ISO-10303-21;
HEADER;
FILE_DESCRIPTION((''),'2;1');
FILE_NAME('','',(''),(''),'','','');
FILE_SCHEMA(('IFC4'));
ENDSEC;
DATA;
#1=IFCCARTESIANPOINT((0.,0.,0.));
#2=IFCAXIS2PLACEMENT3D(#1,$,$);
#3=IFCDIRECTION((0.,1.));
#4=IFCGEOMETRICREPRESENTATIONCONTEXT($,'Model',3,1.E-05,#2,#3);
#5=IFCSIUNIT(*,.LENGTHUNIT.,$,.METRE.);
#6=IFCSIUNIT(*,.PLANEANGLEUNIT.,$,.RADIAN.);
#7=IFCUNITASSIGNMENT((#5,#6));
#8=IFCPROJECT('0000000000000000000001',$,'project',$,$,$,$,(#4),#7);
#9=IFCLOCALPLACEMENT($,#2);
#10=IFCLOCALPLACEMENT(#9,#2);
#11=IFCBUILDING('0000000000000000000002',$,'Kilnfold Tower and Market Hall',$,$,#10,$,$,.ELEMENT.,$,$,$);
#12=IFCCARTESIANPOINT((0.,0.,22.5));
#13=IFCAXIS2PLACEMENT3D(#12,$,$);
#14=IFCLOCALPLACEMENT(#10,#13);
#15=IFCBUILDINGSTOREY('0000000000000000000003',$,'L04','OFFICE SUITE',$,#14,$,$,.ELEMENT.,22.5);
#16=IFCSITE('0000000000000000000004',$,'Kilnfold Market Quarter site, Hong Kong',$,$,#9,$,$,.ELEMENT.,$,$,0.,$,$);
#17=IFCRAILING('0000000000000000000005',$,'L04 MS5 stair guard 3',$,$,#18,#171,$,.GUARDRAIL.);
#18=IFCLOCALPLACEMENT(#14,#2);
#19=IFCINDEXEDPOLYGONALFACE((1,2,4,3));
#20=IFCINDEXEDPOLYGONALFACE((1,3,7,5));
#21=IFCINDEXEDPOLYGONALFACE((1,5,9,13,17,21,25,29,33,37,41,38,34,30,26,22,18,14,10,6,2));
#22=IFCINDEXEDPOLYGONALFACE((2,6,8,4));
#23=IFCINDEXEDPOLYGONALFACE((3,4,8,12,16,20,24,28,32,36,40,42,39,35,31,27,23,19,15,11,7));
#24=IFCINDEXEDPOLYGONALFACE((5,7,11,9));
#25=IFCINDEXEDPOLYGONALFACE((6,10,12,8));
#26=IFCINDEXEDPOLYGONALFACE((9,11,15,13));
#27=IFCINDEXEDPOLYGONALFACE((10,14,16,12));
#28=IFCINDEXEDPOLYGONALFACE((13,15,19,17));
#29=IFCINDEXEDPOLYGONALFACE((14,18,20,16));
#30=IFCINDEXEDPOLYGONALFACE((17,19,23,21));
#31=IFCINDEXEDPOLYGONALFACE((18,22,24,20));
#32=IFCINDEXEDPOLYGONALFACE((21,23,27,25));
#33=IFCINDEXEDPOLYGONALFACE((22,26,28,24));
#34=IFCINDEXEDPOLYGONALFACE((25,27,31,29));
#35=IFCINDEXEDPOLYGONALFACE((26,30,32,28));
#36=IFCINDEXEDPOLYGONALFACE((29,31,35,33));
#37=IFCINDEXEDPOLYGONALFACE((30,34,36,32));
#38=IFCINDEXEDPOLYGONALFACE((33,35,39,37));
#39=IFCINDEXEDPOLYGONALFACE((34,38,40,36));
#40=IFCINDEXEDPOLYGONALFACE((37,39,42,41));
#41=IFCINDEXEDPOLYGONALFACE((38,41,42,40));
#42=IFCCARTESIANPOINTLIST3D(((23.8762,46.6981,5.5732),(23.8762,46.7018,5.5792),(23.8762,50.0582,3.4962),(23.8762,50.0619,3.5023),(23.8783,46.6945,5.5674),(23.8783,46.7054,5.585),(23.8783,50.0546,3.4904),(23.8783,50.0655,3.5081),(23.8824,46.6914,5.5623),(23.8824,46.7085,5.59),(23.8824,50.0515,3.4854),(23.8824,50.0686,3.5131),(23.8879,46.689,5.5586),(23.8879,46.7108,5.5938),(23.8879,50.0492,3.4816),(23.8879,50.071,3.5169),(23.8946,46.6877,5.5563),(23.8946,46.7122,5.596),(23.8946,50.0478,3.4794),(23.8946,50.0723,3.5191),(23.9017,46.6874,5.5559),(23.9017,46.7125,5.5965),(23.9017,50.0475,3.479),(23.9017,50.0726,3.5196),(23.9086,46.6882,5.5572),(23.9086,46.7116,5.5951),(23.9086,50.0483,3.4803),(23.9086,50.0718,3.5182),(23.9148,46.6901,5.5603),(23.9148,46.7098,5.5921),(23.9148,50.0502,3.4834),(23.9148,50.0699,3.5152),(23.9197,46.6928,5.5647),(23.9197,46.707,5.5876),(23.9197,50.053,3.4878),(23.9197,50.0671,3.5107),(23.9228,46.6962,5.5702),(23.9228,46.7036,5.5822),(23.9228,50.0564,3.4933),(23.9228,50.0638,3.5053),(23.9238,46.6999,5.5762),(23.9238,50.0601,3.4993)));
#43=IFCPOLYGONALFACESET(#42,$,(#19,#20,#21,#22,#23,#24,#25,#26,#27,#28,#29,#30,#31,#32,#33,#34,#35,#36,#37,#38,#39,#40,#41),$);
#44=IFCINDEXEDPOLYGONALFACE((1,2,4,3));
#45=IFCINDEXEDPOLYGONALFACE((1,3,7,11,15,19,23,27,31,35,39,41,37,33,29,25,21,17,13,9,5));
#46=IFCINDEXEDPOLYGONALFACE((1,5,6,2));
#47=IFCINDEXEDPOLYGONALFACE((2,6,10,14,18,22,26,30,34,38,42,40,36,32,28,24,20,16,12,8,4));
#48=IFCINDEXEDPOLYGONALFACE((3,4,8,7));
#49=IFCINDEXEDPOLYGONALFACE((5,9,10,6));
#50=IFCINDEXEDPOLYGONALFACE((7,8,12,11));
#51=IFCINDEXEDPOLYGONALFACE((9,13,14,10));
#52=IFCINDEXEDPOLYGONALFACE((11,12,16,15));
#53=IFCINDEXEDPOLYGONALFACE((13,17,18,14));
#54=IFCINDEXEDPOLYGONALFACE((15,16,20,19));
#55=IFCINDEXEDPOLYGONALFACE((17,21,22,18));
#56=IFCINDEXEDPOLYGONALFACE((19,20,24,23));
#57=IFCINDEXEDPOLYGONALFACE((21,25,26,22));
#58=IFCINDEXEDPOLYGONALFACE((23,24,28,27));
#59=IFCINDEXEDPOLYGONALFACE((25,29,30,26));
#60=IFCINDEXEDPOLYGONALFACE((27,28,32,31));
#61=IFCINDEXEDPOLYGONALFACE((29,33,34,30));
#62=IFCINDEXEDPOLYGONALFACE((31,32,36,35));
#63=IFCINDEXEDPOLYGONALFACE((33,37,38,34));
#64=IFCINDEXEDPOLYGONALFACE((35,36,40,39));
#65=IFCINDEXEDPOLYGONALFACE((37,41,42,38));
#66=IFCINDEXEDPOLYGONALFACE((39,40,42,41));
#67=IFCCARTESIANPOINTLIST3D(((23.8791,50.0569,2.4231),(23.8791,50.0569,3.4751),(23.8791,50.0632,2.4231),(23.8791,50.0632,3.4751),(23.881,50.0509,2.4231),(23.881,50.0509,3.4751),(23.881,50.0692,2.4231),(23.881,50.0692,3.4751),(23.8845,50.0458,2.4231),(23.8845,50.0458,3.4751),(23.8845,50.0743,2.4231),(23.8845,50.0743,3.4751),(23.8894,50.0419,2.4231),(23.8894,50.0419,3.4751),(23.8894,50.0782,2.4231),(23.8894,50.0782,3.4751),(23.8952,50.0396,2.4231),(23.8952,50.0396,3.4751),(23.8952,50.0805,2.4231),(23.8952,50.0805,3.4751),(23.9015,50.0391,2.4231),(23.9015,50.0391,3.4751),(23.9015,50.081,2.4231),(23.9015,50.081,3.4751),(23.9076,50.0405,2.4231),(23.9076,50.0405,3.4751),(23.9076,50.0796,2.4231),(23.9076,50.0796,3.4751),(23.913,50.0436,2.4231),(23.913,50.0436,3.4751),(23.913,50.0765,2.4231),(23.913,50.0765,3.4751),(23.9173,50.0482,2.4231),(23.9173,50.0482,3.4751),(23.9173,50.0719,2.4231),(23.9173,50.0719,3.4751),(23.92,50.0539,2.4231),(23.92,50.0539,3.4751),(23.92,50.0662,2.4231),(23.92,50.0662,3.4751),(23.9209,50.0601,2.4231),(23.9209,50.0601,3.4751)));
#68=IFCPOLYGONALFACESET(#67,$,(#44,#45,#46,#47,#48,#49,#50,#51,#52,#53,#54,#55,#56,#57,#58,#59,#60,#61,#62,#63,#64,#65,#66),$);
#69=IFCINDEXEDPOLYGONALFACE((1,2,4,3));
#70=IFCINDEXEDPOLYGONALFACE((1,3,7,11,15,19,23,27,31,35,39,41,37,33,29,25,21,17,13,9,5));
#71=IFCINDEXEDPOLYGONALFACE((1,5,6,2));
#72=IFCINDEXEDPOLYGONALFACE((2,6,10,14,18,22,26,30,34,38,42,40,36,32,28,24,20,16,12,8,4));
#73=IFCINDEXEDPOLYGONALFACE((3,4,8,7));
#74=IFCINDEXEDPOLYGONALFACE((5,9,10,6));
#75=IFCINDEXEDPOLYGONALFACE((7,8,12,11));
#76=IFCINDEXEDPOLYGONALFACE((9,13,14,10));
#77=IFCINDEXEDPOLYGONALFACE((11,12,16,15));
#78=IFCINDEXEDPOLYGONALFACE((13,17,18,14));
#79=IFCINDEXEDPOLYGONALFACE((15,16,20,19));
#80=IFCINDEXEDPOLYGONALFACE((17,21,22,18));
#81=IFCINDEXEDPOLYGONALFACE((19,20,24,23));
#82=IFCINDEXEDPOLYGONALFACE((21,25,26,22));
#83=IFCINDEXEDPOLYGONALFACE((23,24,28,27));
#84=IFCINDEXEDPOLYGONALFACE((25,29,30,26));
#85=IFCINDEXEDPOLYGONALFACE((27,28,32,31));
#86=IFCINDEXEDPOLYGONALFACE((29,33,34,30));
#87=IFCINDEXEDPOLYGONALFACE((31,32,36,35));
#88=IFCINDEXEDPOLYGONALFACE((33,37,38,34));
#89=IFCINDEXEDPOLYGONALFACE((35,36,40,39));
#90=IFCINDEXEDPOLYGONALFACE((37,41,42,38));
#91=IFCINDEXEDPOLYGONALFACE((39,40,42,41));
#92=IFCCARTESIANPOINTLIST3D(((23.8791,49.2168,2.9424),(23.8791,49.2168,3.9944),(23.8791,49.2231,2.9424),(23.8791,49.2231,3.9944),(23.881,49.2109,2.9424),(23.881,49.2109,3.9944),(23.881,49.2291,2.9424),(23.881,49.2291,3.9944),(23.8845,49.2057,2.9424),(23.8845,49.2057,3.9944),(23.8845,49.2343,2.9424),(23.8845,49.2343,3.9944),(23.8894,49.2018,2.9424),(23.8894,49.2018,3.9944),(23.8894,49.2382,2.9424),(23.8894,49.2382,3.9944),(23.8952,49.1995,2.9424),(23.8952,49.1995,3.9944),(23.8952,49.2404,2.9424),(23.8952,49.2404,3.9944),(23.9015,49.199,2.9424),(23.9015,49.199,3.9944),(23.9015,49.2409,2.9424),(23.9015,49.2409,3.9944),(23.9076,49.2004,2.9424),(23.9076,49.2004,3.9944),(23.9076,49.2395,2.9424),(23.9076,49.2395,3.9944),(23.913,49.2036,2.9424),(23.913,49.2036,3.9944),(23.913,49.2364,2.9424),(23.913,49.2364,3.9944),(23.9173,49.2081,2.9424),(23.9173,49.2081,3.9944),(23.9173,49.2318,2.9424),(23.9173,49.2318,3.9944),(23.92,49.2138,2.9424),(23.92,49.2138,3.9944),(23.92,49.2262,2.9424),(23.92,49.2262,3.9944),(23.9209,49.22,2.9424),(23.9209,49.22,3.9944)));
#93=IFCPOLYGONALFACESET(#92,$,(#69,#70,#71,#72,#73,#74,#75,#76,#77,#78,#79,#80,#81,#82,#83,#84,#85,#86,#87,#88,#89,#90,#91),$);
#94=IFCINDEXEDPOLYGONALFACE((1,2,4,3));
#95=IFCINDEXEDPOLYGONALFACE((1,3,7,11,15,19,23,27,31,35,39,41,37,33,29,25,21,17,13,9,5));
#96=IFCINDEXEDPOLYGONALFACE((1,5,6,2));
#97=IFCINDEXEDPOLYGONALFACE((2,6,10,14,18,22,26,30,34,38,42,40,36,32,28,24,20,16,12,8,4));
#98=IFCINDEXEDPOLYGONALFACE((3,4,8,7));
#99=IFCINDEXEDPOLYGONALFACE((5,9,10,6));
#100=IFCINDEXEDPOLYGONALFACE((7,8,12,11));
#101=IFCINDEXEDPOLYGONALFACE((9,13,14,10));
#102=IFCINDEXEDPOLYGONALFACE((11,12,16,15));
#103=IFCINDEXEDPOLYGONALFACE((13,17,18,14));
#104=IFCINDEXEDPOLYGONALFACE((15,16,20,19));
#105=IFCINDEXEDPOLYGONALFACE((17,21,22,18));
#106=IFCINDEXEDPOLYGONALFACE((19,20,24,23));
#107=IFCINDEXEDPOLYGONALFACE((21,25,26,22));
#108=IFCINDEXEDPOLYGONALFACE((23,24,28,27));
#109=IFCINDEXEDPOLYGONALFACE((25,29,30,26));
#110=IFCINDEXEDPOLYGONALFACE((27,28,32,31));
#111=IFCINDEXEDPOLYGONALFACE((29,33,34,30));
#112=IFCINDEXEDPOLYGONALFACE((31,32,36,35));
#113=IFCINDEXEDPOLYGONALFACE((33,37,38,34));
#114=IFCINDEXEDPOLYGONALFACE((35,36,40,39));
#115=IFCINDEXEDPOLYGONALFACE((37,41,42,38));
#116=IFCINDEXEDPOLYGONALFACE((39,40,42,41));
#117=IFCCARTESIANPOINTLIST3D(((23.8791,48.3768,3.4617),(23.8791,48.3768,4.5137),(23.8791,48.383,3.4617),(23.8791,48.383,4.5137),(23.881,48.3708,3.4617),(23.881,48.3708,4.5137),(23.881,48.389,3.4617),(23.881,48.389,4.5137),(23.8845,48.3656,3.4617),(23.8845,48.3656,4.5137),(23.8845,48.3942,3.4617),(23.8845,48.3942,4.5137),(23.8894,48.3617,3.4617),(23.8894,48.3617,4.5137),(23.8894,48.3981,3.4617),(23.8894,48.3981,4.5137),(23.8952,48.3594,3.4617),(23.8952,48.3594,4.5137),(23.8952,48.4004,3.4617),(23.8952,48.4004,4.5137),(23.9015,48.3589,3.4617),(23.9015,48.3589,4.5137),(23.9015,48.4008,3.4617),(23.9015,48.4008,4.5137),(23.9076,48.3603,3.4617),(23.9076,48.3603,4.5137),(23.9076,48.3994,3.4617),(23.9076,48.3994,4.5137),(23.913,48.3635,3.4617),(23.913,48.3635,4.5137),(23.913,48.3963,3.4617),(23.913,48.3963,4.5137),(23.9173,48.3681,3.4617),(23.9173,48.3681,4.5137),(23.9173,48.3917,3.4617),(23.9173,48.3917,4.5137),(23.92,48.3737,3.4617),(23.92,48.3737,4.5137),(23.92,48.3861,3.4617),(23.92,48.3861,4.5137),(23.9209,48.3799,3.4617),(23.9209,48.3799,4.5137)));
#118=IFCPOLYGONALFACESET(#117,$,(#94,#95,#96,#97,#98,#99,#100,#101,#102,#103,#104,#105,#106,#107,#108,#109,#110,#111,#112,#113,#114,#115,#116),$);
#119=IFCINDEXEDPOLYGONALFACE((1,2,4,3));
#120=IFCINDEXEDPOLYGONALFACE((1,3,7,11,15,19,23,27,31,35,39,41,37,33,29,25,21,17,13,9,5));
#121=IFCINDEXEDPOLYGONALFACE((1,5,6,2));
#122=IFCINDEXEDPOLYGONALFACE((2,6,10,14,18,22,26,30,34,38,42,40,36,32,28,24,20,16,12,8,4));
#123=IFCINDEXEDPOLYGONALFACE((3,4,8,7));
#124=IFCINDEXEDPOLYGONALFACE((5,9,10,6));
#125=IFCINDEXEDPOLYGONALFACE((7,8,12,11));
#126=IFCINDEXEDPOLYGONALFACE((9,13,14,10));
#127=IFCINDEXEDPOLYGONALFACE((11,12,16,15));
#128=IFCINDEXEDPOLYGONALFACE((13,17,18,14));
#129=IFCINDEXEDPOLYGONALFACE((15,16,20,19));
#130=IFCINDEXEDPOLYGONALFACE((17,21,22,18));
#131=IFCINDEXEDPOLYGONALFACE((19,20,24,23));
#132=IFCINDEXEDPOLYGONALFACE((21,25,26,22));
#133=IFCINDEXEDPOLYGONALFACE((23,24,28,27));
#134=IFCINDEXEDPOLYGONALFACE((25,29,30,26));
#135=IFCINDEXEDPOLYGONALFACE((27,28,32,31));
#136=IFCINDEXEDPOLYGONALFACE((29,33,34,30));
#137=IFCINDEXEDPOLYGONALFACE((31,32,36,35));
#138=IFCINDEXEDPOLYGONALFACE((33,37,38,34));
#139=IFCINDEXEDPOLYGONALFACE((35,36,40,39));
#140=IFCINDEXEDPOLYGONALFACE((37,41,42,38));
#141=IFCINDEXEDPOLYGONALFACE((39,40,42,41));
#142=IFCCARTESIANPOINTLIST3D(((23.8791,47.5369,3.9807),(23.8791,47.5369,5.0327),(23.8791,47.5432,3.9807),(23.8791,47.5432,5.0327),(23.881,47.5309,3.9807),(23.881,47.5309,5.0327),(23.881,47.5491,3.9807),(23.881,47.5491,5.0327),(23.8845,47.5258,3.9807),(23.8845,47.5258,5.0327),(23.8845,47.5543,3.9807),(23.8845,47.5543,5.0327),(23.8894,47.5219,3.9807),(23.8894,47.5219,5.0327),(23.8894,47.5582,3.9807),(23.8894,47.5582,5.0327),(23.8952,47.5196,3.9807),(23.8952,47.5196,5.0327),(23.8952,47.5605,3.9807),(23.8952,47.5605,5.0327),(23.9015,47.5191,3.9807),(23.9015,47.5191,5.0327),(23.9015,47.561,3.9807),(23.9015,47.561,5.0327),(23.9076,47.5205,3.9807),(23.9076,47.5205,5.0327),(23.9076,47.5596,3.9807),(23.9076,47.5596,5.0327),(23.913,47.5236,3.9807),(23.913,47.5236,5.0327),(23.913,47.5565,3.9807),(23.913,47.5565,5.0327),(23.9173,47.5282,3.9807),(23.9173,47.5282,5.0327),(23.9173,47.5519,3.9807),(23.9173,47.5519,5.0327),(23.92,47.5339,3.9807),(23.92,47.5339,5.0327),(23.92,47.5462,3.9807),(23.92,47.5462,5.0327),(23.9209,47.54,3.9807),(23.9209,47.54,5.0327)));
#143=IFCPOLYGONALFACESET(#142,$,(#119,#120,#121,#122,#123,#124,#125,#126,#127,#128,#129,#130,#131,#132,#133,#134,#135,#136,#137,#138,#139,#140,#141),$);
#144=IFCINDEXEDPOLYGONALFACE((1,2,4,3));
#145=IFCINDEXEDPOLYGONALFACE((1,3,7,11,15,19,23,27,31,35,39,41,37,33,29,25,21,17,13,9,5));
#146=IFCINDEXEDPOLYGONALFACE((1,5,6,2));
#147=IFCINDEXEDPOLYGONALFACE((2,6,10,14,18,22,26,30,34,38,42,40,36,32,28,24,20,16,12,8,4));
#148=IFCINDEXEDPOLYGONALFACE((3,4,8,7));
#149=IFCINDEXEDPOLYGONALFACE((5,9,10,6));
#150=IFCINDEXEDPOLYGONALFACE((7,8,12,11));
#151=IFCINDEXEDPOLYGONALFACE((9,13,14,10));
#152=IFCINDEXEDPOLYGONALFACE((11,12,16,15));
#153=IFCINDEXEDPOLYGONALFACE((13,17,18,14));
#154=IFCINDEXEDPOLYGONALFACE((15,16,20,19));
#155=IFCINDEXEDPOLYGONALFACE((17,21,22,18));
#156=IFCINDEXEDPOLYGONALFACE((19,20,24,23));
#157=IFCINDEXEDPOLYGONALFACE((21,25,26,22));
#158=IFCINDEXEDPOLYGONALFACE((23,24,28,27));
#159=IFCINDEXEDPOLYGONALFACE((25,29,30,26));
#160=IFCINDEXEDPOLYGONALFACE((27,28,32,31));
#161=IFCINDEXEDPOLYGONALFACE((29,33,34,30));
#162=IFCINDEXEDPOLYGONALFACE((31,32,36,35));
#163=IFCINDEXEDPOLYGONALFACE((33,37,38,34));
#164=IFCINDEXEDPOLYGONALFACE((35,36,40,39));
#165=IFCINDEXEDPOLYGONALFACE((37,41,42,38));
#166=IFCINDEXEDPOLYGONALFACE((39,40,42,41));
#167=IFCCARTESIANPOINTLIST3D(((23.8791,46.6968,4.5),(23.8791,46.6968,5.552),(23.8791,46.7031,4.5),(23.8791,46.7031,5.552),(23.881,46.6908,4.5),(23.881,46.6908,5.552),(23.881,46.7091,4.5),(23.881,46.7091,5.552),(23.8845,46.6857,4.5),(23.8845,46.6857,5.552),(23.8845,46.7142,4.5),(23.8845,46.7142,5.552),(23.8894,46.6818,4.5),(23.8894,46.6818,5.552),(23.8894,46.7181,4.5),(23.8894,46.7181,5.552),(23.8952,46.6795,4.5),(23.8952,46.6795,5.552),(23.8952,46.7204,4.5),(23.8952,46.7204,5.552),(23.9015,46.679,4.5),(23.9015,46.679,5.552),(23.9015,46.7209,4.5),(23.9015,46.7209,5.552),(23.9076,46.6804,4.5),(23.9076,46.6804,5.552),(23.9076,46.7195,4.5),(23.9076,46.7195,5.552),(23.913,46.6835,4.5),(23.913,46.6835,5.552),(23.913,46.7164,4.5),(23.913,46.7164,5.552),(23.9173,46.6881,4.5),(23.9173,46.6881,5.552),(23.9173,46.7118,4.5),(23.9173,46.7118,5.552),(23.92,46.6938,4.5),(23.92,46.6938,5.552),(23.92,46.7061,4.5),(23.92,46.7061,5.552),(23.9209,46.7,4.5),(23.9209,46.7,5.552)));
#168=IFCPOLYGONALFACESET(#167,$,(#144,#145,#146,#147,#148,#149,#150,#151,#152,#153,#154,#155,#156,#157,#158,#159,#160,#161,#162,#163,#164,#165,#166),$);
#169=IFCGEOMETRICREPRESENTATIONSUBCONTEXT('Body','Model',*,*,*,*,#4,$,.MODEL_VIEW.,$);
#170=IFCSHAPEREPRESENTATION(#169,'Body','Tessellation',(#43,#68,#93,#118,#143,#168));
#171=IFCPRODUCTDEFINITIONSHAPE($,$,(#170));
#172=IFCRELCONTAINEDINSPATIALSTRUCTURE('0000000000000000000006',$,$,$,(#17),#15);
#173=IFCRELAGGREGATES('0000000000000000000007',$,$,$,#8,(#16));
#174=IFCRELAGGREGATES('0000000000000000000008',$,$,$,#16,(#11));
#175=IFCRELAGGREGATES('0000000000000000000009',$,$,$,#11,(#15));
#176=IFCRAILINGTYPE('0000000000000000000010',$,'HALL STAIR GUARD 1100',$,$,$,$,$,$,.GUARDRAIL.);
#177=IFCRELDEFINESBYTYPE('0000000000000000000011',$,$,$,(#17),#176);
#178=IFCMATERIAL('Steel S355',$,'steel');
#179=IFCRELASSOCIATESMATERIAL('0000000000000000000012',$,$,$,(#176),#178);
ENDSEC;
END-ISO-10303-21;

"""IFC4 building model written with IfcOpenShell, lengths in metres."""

from ifc_helpers import new_model, si_unit, direction, frame, origin, origin_2d, place, context, subcontext, project, spatial, circle, extrude, material, type_object, element, save


model = new_model("IFC4")

# Units and contexts
model_context = context("Model", 3, precision=1e-05, world=origin(), true_north=direction((0.0, 1.0)))
body_context = subcontext(model_context, "Body", "Model", "MODEL_VIEW")
ifc_project = project(units=[si_unit("LENGTHUNIT", "METRE"), si_unit("PLANEANGLEUNIT", "RADIAN")], contexts=[model_context])

# Site, building, storey
site_placement = place(None, origin())
site = spatial("IfcSite", under=ifc_project, at=site_placement, Name="Kilnfold Market Quarter site, Hong Kong", CompositionType="ELEMENT", RefElevation=0.0)
building_placement = place(site_placement, origin())
building = spatial("IfcBuilding", under=site, at=building_placement, Name="Kilnfold Tower and Market Hall", CompositionType="ELEMENT")
storey_placement = place(building_placement, frame((0.0, 0.0, 22.5)))
storey = spatial("IfcBuildingStorey", under=building, at=storey_placement, Name="L04", Description="OFFICE SUITE", CompositionType="ELEMENT", Elevation=22.5)

# Railing
ifc_material_1 = material(Name="Steel S355", Category="steel")
railing_type_1 = type_object("IfcRailingType", Name="HALL STAIR GUARD 1100", PredefinedType="GUARDRAIL", material=ifc_material_1)
railing_1_placement = place(storey_placement, frame((23.8999, 50.0601, 2.4231)))
element("IfcRailing", 1, at=railing_1_placement, inside=storey, type_object=railing_type_1, Name="L04 MS5 stair guard 3", PredefinedType="GUARDRAIL", context=body_context, shape_type="SweptSolid", body=[
    extrude(circle(Radius=0.0239, at=origin_2d()), frame((0.0, 0.0, 1.0762), z_axis=(0.0, -0.850623, 0.525776), x_axis=(1.0, 0.0, 0.0)), (0.0, 0.0, 1.0), 3.9502),
    extrude(circle(Radius=0.021, at=origin_2d()), origin(), (0.0, 0.0, 1.0), 1.052),
    extrude(circle(Radius=0.021, at=origin_2d()), frame((0.0, -0.8401, 0.5193)), (0.0, 0.0, 1.0), 1.052),
    extrude(circle(Radius=0.021, at=origin_2d()), frame((0.0, -1.6802, 1.0386)), (0.0, 0.0, 1.0), 1.052),
    extrude(circle(Radius=0.021, at=origin_2d()), frame((0.0, -2.52, 1.5576)), (0.0, 0.0, 1.0), 1.052),
    extrude(circle(Radius=0.021, at=origin_2d()), frame((0.0, -3.3601, 2.0769)), (0.0, 0.0, 1.0), 1.052),
])

save(model, "model.ifc")
